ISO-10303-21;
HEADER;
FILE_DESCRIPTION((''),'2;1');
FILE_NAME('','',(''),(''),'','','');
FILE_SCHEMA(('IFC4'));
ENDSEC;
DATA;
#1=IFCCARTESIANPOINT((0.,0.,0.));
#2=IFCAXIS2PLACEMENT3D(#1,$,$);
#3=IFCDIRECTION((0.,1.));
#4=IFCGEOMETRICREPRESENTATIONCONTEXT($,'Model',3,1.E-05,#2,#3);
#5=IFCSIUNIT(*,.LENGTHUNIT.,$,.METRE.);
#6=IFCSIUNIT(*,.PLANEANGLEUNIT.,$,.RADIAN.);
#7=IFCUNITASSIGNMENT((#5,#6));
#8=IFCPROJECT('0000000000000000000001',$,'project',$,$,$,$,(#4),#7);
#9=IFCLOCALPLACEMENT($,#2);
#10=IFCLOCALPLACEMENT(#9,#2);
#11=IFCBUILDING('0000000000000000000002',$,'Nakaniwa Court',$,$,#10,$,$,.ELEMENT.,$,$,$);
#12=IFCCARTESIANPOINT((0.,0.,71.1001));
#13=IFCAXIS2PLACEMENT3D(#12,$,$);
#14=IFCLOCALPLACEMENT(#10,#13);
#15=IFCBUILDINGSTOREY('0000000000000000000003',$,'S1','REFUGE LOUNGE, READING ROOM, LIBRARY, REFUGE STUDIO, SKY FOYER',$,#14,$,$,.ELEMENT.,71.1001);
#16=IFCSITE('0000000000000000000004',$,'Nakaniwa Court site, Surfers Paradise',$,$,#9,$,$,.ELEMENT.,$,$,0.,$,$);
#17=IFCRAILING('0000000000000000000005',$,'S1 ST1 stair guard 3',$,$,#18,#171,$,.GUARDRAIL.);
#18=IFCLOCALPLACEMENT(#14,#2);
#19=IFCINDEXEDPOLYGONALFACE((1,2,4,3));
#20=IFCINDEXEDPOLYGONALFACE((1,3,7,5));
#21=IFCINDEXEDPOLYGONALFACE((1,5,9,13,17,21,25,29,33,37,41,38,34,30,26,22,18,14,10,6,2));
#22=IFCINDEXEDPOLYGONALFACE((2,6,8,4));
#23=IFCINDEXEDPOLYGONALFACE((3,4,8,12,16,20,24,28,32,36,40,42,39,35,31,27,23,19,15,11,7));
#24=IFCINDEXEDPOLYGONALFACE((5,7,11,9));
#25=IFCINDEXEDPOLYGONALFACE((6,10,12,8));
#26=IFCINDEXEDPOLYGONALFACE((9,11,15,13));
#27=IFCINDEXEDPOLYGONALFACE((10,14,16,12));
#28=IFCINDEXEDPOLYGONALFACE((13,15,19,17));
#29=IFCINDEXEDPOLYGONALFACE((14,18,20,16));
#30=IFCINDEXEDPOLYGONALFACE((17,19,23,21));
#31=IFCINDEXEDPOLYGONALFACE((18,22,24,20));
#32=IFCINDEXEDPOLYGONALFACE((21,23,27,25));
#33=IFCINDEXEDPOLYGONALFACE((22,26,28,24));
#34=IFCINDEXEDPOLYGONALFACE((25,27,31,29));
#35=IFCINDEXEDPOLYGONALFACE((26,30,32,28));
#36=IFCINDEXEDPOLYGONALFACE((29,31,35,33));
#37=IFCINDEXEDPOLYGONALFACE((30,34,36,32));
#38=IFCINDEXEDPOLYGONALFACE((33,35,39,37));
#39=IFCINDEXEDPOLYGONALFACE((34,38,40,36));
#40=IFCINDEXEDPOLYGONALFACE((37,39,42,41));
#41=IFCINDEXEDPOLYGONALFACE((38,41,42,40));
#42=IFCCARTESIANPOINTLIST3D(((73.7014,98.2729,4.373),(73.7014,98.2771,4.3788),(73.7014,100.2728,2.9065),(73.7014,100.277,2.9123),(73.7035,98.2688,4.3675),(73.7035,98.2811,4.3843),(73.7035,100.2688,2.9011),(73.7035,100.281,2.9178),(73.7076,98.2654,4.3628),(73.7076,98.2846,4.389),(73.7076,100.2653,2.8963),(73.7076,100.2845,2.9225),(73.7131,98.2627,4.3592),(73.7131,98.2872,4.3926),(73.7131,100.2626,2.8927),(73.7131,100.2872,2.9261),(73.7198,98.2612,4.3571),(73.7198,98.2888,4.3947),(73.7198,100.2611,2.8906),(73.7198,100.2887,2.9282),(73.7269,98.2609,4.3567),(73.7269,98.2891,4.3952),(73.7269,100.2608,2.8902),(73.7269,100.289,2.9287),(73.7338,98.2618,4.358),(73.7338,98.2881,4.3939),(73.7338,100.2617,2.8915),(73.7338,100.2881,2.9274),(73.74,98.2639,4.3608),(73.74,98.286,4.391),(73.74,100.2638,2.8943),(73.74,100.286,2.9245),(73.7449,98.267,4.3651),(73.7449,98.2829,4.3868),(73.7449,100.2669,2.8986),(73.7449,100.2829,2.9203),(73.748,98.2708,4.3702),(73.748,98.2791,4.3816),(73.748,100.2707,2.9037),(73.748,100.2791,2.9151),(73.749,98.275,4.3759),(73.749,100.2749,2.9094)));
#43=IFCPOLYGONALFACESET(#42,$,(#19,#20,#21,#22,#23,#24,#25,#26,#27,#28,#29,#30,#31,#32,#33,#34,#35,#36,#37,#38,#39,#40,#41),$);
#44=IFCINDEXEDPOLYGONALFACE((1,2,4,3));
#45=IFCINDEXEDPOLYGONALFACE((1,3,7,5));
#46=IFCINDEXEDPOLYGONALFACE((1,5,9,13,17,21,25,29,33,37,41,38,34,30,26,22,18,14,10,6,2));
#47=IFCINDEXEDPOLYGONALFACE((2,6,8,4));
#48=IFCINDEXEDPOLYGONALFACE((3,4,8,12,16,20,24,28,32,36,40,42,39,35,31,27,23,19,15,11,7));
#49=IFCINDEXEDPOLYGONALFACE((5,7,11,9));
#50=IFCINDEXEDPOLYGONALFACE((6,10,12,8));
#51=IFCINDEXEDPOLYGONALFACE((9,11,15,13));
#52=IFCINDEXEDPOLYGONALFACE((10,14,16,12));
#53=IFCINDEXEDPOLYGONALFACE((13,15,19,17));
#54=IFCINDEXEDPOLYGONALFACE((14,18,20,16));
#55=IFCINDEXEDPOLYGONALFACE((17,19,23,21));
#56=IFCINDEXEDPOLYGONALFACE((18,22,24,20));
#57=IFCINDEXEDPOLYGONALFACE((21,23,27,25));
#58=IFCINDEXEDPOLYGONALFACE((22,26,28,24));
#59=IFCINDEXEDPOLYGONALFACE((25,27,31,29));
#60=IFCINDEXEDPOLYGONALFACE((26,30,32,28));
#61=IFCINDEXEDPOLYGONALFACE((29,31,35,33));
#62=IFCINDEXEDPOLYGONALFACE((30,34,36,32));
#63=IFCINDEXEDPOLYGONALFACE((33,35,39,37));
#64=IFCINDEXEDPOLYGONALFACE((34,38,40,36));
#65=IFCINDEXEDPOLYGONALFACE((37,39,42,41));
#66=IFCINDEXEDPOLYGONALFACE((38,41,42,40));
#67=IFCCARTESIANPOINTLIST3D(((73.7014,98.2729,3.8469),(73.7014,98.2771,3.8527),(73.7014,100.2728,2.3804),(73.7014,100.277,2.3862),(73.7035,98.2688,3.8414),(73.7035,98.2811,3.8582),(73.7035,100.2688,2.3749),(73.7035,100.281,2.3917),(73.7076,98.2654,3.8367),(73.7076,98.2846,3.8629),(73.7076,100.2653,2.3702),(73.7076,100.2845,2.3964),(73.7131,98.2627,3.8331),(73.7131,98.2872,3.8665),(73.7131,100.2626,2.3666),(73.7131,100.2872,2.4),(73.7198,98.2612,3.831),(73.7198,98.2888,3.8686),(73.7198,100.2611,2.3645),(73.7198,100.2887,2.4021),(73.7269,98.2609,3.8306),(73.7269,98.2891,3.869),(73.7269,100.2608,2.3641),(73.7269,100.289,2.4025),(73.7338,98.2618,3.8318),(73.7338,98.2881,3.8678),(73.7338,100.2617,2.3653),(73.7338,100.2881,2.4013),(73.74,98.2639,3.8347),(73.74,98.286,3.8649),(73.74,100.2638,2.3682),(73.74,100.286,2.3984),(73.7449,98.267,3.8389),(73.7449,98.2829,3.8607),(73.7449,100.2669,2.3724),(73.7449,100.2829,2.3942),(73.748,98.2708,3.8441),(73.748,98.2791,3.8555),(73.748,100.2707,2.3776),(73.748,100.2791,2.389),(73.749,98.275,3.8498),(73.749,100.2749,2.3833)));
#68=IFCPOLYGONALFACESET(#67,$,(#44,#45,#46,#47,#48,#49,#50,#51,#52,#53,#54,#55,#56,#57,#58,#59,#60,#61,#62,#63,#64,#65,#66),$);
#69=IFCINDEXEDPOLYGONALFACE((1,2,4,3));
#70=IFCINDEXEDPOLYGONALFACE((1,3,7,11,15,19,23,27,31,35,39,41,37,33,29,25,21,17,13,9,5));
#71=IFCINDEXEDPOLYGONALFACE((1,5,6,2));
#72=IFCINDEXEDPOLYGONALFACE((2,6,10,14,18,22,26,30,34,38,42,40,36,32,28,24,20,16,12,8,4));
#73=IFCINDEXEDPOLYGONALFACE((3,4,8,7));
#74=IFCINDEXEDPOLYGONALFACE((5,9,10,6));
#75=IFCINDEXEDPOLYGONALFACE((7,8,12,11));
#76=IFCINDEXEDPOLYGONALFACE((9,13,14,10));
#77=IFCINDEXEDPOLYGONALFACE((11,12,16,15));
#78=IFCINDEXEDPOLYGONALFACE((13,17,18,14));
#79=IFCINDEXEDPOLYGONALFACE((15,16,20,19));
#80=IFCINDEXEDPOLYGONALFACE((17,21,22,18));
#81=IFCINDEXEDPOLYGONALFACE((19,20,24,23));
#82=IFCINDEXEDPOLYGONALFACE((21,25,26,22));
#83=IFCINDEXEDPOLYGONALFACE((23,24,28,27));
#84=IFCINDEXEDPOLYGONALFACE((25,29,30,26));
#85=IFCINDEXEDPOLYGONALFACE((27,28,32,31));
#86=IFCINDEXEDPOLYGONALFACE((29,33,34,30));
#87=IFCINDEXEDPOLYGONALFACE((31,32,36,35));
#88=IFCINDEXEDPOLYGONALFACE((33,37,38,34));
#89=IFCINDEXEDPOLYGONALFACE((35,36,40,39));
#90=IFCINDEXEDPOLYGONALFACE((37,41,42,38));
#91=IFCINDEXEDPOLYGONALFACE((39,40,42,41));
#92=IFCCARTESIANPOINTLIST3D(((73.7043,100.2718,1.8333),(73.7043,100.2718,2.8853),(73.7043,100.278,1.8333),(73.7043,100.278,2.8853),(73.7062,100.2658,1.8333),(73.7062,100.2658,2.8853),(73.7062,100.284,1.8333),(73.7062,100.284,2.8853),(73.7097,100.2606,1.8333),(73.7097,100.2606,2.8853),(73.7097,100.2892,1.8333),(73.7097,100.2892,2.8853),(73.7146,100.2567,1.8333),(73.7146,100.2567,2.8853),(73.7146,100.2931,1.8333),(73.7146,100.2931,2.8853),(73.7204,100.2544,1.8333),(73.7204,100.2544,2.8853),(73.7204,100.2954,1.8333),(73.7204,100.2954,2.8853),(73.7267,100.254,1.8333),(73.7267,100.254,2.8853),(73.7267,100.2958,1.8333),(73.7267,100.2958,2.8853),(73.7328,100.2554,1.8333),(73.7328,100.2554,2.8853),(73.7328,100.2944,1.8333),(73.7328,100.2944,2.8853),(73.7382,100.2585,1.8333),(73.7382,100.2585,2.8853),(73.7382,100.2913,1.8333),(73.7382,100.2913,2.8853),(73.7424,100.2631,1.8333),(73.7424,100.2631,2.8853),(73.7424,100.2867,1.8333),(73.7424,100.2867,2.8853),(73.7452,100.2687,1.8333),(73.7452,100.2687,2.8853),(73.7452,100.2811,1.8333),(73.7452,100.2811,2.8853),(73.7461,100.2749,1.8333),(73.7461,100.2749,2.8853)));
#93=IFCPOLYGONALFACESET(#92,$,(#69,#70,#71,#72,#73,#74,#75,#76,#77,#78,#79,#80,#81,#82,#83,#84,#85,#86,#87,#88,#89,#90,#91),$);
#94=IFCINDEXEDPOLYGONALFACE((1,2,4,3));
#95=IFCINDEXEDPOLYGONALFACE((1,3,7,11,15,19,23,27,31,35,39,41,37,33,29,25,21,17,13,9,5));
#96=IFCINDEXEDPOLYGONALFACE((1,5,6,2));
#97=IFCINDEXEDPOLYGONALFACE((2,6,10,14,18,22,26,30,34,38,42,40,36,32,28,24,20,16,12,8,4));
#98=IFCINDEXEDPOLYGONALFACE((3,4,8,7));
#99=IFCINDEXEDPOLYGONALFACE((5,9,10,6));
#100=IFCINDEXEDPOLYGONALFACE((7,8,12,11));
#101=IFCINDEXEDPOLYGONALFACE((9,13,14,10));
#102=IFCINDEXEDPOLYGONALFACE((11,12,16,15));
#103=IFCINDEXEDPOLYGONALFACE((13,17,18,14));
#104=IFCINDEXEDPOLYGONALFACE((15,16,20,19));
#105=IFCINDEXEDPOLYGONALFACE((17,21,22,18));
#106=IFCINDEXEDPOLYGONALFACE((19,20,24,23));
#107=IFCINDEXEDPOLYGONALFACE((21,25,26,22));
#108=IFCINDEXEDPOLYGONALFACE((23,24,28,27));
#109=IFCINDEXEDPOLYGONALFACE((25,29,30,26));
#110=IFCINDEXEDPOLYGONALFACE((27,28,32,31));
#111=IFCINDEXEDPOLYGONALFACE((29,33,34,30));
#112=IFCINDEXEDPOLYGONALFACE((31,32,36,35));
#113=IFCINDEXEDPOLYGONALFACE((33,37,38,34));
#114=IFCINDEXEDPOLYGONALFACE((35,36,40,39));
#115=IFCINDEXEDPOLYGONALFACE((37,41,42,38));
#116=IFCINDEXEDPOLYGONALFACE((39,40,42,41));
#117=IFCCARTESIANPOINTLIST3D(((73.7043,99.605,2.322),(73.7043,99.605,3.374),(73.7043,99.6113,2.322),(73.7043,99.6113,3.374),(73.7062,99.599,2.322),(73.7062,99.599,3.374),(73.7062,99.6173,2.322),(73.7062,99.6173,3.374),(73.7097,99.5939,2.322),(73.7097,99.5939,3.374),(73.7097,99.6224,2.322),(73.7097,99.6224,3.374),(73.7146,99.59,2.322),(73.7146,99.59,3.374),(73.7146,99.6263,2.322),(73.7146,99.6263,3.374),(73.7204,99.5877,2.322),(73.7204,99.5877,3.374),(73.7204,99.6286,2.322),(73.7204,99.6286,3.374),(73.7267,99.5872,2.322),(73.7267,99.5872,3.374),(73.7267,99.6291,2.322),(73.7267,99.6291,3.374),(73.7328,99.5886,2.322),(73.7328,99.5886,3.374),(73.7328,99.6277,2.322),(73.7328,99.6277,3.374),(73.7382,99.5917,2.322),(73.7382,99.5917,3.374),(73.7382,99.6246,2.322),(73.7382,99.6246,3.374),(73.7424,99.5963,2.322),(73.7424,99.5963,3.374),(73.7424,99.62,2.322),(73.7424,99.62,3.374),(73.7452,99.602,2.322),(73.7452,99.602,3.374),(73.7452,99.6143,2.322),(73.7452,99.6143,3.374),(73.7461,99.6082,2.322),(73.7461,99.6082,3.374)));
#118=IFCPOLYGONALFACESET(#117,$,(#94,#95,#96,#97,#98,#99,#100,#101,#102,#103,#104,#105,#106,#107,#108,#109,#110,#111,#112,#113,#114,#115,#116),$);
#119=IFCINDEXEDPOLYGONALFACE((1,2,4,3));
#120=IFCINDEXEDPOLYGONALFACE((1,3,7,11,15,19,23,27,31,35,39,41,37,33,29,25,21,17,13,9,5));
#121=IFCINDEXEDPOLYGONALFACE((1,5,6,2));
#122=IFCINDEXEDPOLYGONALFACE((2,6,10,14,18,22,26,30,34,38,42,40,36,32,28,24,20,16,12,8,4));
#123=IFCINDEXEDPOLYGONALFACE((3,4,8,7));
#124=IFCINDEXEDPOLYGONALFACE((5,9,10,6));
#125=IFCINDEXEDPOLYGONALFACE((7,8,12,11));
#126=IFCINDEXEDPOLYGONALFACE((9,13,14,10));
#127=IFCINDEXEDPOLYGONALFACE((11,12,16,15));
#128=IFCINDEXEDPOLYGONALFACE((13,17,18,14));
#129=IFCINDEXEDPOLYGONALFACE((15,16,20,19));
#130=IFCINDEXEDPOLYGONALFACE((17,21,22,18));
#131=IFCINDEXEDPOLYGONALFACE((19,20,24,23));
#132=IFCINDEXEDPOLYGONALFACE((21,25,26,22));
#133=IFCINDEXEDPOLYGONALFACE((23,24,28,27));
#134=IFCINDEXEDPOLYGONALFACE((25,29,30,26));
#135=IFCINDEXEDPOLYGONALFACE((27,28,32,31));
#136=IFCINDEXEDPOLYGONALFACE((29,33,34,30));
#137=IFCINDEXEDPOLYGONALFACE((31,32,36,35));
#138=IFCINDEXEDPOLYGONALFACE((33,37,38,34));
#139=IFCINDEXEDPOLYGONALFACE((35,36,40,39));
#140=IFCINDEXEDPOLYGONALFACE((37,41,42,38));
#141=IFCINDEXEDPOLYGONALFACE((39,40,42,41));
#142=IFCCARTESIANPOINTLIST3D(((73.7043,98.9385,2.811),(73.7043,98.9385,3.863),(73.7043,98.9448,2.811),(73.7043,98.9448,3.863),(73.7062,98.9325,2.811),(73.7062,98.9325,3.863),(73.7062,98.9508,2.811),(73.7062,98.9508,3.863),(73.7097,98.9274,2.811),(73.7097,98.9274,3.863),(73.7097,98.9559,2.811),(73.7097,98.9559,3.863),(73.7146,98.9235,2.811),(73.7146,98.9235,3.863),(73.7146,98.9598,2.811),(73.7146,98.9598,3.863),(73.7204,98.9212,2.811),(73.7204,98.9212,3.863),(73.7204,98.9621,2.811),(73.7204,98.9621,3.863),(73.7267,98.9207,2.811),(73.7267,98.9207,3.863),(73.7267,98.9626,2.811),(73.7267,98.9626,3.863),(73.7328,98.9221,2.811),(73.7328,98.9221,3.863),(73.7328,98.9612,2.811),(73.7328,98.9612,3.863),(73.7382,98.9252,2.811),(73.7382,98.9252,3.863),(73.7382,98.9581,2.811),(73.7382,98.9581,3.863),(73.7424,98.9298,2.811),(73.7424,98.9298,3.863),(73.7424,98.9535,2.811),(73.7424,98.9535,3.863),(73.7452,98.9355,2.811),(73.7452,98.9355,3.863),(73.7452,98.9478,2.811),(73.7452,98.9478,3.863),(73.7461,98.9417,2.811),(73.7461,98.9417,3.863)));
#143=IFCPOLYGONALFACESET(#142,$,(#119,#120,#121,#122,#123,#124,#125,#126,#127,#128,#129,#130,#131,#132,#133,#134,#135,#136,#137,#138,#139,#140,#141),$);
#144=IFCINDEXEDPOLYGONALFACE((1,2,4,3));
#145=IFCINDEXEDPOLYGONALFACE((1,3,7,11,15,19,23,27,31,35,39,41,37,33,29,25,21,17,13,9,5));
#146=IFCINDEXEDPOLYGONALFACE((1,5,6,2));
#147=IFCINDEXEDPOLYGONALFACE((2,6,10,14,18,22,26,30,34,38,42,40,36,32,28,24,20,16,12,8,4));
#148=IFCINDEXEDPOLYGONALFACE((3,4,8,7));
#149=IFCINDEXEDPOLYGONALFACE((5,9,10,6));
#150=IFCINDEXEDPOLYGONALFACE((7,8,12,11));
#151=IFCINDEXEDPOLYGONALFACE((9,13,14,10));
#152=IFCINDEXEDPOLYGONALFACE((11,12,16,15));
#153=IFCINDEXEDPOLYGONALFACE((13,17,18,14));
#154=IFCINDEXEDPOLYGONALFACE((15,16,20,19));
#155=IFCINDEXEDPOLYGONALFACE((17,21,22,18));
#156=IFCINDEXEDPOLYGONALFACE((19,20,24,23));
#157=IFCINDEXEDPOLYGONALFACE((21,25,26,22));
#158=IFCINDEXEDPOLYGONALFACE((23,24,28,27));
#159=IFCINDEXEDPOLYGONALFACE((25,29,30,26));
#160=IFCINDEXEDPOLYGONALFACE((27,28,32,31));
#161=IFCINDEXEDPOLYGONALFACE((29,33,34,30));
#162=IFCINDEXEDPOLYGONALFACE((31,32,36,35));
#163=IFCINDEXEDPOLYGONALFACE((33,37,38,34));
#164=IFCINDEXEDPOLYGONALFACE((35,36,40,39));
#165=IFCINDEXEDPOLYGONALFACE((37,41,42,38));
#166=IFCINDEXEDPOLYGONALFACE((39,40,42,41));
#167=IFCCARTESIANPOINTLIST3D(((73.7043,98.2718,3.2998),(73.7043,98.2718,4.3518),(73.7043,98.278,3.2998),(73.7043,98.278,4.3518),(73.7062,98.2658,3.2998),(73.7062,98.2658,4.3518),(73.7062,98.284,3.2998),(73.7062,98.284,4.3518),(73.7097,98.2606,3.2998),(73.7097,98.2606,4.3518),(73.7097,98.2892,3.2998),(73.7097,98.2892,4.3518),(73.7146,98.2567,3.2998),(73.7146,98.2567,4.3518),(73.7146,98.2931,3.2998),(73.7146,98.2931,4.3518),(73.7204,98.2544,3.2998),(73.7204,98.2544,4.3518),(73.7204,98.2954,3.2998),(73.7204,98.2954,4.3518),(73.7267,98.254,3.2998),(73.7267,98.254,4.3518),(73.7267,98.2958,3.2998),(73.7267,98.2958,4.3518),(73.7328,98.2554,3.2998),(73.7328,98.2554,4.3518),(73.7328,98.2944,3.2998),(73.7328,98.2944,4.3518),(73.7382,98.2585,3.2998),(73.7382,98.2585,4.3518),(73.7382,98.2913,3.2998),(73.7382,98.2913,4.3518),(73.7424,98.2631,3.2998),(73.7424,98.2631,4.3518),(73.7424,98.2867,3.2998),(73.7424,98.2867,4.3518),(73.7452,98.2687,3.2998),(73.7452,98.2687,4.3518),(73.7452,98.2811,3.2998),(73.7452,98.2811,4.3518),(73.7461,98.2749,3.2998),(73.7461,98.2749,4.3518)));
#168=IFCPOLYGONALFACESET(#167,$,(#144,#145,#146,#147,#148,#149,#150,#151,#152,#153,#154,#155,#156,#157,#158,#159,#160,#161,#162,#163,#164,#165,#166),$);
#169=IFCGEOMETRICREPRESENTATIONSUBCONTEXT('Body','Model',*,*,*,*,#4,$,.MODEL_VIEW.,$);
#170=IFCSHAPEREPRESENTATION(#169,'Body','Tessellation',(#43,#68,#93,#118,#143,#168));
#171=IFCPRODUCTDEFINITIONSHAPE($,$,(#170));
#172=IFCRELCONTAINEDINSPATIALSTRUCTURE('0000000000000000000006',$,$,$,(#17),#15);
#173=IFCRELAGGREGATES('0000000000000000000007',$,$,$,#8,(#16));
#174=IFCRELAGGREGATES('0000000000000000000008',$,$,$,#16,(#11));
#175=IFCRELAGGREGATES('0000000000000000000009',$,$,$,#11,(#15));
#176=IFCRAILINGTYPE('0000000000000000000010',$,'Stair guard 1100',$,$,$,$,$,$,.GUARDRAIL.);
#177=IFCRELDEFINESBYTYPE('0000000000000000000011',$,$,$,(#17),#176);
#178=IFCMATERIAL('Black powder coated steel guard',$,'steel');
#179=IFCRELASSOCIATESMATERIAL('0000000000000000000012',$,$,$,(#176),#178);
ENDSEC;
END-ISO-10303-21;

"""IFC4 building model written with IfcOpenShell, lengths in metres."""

from ifc_helpers import new_model, si_unit, direction, frame, origin, origin_2d, place, context, subcontext, project, spatial, circle, extrude, material, type_object, element, save


model = new_model("IFC4")

# Units and contexts
model_context = context("Model", 3, precision=1e-05, world=origin(), true_north=direction((0.0, 1.0)))
body_context = subcontext(model_context, "Body", "Model", "MODEL_VIEW")
ifc_project = project(units=[si_unit("LENGTHUNIT", "METRE"), si_unit("PLANEANGLEUNIT", "RADIAN")], contexts=[model_context])

# Site, building, storey
site_placement = place(None, origin())
site = spatial("IfcSite", under=ifc_project, at=site_placement, Name="Nakaniwa Court site, Surfers Paradise", CompositionType="ELEMENT", RefElevation=0.0)
building_placement = place(site_placement, origin())
building = spatial("IfcBuilding", under=site, at=building_placement, Name="Nakaniwa Court", CompositionType="ELEMENT")
storey_placement = place(building_placement, frame((0.0, 0.0, 71.1001)))
storey = spatial("IfcBuildingStorey", under=building, at=storey_placement, Name="S1", Description="REFUGE LOUNGE, READING ROOM, LIBRARY, REFUGE STUDIO, SKY FOYER", CompositionType="ELEMENT", Elevation=71.1001)

# Railing
ifc_material_1 = material(Name="Black powder coated steel guard", Category="steel")
railing_type_1 = type_object("IfcRailingType", Name="Stair guard 1100", PredefinedType="GUARDRAIL", material=ifc_material_1)
railing_1_placement = place(storey_placement, frame((73.7251, 100.2749, 1.8333)))
element("IfcRailing", 1, at=railing_1_placement, inside=storey, type_object=railing_type_1, Name="S1 ST1 stair guard 3", PredefinedType="GUARDRAIL", context=body_context, shape_type="SweptSolid", body=[
    extrude(circle(Radius=0.0239, at=origin_2d()), frame((0.0, 0.0, 1.0762), z_axis=(0.0, -0.806427, 0.591334), x_axis=(1.0, 0.0, 0.0)), (0.0, 0.0, 1.0), 2.48),
    extrude(circle(Radius=0.0239, at=origin_2d()), frame((0.0, 0.0, 0.55), z_axis=(0.0, -0.806427, 0.591334), x_axis=(1.0, 0.0, 0.0)), (0.0, 0.0, 1.0), 2.48),
    extrude(circle(Radius=0.021, at=origin_2d()), origin(), (0.0, 0.0, 1.0), 1.052),
    extrude(circle(Radius=0.021, at=origin_2d()), frame((0.0, -0.6667, 0.4888)), (0.0, 0.0, 1.0), 1.052),
    extrude(circle(Radius=0.021, at=origin_2d()), frame((0.0, -1.3333, 0.9778)), (0.0, 0.0, 1.0), 1.052),
    extrude(circle(Radius=0.021, at=origin_2d()), frame((0.0, -2.0, 1.4666)), (0.0, 0.0, 1.0), 1.052),
])

save(model, "model.ifc")
